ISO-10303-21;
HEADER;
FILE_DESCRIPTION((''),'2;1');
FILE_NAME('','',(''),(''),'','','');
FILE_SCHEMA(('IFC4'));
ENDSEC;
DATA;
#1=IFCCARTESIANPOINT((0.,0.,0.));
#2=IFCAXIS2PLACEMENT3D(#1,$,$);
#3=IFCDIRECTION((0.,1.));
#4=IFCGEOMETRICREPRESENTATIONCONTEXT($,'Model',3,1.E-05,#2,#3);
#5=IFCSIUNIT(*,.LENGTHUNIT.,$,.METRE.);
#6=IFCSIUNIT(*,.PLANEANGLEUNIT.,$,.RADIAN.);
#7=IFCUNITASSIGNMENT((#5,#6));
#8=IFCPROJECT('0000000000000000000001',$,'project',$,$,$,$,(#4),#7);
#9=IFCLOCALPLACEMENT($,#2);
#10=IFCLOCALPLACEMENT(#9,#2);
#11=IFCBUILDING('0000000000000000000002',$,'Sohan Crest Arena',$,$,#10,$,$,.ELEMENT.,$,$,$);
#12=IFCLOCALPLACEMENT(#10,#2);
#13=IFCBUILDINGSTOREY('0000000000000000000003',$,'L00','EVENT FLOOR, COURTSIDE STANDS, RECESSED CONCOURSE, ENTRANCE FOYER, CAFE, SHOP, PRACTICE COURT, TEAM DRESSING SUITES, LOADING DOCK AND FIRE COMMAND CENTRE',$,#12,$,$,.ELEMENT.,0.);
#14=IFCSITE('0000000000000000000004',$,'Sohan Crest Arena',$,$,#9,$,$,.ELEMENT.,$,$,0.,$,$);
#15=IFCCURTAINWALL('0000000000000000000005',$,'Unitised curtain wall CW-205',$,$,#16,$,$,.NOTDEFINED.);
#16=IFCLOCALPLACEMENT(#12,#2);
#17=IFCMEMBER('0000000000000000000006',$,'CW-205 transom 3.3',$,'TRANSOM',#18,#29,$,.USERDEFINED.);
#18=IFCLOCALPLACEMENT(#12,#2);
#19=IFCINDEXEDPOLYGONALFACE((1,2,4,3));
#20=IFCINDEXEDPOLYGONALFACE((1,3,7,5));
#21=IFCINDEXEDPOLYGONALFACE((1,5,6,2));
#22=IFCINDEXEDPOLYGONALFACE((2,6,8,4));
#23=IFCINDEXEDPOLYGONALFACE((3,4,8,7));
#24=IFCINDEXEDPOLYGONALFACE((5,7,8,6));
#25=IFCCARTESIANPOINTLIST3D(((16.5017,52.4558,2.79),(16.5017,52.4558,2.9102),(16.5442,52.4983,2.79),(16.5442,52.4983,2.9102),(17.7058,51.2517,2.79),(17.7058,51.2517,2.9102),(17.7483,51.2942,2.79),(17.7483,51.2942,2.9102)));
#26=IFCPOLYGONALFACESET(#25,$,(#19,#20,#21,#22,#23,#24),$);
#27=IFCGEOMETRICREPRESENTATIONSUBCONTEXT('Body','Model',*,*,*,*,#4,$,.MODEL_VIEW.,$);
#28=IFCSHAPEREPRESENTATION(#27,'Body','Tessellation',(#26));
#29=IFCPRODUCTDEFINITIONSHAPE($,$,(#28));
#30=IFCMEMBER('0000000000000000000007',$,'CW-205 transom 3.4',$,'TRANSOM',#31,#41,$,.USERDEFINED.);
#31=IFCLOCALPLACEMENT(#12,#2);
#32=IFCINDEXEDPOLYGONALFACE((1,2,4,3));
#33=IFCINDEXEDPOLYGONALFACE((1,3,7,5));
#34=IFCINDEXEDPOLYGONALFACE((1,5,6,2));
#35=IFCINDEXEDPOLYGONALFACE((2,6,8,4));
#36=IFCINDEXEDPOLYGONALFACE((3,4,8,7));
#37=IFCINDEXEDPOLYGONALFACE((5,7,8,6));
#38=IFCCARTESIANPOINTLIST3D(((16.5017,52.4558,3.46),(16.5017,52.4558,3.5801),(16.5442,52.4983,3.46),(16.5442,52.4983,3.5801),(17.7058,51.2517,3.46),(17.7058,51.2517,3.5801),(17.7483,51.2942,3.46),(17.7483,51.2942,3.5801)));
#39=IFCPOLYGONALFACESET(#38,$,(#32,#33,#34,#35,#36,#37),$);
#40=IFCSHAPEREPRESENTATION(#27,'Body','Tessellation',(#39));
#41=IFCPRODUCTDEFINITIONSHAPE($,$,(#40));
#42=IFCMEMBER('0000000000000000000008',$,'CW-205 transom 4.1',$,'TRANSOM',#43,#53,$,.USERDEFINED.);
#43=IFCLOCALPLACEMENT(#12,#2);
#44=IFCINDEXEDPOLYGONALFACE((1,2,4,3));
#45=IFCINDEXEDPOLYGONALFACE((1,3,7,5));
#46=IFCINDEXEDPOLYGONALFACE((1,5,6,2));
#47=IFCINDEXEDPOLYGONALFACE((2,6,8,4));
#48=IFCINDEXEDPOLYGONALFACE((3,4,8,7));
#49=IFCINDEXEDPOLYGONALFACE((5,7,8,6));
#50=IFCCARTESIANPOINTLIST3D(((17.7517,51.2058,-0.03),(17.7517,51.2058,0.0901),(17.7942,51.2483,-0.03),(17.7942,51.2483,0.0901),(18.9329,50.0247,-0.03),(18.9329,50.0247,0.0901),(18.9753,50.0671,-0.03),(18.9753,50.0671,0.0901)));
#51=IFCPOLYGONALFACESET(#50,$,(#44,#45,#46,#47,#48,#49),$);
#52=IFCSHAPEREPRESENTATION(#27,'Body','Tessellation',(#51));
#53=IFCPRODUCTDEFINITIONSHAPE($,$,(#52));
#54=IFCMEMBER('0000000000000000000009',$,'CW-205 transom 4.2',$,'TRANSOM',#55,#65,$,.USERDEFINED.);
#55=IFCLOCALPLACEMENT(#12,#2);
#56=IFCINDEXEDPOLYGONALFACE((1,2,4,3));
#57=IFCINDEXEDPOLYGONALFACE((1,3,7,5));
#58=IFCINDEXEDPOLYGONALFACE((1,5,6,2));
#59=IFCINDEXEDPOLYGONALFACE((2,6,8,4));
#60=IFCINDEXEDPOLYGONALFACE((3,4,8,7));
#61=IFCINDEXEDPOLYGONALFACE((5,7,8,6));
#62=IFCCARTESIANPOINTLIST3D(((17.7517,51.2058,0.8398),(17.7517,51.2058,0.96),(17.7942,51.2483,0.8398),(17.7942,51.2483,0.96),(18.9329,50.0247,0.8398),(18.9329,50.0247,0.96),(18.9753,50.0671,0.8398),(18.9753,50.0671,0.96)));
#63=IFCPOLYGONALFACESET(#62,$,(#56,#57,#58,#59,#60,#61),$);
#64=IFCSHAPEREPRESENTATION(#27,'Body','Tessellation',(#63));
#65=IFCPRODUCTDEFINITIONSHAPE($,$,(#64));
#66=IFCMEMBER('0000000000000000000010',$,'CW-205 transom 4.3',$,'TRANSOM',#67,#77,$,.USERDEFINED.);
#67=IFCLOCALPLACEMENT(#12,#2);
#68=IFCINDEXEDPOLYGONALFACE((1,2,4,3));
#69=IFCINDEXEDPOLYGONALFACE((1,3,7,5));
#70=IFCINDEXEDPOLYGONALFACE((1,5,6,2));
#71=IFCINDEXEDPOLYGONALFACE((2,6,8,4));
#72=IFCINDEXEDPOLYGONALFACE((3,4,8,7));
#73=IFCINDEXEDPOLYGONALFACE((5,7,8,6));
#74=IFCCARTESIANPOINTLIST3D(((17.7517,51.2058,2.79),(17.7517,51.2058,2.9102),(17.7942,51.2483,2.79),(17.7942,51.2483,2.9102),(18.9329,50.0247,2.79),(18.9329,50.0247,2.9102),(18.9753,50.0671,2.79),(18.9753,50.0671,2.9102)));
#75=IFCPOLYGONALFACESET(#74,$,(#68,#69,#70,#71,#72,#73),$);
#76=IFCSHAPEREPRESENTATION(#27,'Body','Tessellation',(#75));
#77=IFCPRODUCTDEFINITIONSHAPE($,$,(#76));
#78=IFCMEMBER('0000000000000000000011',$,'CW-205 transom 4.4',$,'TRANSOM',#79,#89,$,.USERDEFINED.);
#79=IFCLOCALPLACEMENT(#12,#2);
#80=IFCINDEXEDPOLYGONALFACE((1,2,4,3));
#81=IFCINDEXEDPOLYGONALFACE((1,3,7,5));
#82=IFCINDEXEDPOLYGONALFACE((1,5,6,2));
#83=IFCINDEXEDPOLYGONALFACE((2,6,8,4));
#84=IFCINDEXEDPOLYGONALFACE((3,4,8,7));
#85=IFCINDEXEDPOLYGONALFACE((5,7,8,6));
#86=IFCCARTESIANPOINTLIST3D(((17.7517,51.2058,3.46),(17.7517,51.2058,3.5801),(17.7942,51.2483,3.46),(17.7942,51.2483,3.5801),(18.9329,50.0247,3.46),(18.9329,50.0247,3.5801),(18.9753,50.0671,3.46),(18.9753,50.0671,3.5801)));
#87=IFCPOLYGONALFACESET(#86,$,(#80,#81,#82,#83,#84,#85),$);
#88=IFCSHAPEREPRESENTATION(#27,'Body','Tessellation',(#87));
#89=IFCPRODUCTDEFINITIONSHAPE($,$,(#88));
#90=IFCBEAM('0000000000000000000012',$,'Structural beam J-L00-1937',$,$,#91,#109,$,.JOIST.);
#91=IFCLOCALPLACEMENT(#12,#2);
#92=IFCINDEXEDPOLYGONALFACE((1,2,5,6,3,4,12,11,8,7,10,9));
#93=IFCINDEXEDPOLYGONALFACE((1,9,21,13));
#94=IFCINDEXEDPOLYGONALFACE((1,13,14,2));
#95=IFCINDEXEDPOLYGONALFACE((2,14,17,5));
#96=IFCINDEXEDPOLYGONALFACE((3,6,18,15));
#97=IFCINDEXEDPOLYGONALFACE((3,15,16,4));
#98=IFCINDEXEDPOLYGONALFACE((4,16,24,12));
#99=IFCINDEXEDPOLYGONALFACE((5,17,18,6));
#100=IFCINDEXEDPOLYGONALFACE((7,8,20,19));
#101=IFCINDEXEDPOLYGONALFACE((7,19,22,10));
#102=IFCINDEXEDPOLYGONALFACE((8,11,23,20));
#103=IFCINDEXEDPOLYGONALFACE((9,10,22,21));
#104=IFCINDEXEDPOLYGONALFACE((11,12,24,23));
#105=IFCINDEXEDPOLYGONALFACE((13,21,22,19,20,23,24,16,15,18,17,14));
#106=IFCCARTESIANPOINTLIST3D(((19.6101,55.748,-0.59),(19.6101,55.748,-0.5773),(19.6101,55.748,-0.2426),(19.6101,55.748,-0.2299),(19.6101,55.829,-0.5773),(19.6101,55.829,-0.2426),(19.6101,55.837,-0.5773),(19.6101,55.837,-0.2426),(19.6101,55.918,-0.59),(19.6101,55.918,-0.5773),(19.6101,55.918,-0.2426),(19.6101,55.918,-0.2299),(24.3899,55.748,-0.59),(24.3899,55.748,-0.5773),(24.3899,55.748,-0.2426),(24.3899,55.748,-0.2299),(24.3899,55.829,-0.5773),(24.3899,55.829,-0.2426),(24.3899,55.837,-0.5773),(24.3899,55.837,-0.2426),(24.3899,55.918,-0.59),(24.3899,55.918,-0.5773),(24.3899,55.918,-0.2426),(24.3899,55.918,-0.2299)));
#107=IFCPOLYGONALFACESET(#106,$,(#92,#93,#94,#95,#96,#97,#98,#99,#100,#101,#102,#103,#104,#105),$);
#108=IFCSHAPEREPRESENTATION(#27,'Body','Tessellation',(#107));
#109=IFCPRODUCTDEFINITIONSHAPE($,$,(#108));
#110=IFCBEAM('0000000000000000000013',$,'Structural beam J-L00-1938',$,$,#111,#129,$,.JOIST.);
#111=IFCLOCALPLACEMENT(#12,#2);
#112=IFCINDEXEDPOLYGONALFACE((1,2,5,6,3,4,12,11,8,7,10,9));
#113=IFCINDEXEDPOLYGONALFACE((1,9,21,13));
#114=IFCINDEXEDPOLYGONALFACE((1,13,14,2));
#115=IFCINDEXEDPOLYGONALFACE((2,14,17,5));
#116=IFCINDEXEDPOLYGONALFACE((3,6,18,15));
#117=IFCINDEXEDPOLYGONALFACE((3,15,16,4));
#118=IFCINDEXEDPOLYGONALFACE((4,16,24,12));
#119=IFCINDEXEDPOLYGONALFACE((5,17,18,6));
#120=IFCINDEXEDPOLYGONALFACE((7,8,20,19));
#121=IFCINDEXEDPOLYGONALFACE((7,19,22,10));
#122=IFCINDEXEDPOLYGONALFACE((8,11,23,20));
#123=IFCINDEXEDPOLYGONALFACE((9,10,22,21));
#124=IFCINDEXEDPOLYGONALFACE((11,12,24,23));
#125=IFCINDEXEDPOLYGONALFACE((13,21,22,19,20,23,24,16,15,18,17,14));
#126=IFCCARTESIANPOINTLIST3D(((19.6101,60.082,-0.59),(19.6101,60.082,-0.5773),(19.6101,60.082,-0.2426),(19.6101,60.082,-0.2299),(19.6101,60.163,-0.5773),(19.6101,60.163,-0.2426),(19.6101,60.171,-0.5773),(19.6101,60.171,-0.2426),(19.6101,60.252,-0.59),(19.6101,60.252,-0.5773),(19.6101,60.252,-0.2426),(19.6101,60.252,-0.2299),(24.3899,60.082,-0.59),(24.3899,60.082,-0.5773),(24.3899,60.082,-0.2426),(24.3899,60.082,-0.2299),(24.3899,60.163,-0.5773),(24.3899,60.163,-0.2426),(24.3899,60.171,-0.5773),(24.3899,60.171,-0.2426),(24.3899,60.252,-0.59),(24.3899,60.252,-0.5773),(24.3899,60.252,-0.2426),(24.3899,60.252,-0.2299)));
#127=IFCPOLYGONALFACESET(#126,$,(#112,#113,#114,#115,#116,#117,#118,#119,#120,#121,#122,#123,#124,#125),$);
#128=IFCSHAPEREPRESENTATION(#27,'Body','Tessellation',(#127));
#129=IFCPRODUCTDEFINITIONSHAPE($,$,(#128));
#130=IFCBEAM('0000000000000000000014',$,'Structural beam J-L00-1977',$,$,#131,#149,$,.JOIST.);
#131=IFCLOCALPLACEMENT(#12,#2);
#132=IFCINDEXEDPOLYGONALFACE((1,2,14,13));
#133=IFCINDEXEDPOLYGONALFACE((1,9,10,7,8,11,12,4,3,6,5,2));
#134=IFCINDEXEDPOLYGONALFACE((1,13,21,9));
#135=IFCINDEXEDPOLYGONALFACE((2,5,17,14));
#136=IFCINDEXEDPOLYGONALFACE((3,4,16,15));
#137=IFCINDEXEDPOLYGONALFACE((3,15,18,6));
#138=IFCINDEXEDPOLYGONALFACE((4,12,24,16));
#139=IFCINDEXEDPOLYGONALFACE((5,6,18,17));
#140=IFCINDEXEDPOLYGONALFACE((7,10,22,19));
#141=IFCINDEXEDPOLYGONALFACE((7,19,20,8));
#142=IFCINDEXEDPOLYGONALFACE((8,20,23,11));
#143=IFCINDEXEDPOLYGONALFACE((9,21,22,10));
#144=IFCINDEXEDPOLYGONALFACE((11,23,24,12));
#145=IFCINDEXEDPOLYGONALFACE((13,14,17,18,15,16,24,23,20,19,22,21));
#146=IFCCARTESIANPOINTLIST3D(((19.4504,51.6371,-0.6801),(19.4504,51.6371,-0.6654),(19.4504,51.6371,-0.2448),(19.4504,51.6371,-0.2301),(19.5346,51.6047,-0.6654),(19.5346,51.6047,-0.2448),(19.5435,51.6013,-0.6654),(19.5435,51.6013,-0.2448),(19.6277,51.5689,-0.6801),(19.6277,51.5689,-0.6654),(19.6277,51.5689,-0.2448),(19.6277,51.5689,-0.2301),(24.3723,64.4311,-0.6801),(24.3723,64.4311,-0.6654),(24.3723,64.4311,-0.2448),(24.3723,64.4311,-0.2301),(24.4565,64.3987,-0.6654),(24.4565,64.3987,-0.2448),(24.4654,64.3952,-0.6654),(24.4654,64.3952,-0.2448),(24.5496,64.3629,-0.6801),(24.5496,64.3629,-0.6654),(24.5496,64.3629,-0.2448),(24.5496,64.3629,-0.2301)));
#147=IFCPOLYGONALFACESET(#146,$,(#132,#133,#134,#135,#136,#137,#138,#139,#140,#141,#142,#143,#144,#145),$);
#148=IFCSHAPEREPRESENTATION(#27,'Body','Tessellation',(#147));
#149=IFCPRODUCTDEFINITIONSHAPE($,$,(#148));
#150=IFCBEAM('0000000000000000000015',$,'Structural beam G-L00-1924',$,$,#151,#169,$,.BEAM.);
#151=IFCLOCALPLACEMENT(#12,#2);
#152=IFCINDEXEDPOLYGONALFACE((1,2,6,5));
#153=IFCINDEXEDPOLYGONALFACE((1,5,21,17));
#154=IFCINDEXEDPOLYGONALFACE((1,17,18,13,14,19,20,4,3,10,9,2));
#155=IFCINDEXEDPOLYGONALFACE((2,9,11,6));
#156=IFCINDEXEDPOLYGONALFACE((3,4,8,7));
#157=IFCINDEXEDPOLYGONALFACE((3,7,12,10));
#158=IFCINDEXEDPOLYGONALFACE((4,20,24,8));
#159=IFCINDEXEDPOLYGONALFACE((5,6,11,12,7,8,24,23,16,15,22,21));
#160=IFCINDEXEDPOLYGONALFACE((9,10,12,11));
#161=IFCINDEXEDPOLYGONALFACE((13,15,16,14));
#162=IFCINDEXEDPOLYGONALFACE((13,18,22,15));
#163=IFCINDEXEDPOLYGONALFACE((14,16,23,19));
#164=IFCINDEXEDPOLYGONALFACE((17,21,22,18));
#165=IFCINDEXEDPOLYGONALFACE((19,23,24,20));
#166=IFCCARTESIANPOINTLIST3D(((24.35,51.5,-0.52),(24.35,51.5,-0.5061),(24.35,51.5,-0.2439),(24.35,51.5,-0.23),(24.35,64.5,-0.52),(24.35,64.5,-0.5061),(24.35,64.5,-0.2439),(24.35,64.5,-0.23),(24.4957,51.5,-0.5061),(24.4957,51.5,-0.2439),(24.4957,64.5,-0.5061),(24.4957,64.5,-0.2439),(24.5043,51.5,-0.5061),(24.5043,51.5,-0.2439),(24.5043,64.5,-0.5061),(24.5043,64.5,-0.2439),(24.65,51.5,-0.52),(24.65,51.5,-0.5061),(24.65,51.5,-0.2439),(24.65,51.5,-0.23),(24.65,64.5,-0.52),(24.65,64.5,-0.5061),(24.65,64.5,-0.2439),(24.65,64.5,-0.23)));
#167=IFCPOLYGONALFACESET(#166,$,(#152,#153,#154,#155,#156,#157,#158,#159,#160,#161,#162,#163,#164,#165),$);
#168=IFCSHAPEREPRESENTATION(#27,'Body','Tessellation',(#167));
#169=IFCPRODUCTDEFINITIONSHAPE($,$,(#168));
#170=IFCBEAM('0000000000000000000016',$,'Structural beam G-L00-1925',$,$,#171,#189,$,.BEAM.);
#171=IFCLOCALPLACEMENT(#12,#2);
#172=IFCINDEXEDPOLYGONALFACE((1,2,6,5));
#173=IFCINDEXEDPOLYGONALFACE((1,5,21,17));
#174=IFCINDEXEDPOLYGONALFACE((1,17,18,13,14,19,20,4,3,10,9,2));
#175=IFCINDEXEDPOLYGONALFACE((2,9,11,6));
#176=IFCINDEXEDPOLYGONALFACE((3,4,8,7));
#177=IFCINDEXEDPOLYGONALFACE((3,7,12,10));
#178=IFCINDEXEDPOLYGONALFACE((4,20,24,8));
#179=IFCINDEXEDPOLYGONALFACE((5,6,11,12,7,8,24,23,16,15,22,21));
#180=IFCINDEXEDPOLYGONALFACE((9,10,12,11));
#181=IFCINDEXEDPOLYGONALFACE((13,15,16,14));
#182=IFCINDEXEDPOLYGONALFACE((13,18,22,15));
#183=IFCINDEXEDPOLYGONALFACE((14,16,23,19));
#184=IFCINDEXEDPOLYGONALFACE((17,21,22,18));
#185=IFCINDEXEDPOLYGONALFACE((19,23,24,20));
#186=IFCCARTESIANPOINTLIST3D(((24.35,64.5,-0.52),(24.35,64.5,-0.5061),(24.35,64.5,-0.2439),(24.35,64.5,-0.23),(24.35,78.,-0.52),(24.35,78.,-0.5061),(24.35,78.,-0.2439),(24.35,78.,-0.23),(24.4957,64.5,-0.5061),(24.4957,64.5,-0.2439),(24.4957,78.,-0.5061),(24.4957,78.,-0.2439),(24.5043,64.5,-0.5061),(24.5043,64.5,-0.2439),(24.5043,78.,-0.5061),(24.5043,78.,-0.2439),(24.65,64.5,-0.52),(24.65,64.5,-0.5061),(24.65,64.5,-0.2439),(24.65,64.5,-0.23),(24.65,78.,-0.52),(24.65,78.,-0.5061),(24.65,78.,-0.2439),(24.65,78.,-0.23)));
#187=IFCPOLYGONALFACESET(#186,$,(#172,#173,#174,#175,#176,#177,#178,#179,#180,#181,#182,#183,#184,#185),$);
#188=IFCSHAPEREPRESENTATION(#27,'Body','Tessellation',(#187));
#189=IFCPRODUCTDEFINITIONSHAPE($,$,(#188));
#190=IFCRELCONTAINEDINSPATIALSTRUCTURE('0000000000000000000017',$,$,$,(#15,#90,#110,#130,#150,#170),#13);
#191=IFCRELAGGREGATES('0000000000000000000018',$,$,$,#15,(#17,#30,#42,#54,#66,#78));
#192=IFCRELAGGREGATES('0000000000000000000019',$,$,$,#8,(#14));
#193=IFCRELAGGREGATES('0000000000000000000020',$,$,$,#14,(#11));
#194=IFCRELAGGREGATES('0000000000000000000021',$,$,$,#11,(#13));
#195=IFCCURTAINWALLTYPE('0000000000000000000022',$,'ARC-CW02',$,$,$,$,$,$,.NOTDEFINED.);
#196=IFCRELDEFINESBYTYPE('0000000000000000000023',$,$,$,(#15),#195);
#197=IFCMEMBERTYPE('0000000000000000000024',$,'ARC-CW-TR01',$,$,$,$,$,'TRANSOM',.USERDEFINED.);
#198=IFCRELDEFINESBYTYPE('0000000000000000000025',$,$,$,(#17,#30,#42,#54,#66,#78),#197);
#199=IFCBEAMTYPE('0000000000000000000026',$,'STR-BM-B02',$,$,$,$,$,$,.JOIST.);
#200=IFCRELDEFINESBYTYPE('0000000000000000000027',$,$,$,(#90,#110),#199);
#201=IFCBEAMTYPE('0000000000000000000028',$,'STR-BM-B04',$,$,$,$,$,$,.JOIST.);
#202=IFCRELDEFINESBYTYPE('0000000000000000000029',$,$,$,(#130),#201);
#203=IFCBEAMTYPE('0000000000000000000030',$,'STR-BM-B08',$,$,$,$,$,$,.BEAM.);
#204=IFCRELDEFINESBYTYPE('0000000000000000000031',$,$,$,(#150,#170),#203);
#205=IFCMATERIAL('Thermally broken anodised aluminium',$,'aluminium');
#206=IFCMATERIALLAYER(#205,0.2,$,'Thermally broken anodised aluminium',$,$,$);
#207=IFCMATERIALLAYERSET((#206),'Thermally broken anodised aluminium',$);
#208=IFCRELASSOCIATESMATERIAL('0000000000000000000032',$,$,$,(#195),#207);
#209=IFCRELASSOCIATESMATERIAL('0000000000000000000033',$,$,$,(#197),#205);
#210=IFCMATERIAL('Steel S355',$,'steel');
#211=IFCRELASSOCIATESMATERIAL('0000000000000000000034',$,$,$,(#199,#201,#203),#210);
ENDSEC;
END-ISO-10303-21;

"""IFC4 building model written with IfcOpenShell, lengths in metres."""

from ifc_helpers import new_model, si_unit, direction, frame, origin, origin_2d, place, context, subcontext, project, spatial, rectangle, i_section, extrude, material, layer, layer_set, material_profile, profile_set, type_object, element, aggregate, save


model = new_model("IFC4")

# Units and contexts
model_context = context("Model", 3, precision=1e-05, world=origin(), true_north=direction((0.0, 1.0)))
body_context = subcontext(model_context, "Body", "Model", "MODEL_VIEW")
ifc_project = project(units=[si_unit("LENGTHUNIT", "METRE"), si_unit("PLANEANGLEUNIT", "RADIAN")], contexts=[model_context])

# Site, building, storey
site_placement = place(None, origin())
site = spatial("IfcSite", under=ifc_project, at=site_placement, Name="Sohan Crest Arena", CompositionType="ELEMENT", RefElevation=0.0)
building_placement = place(site_placement, origin())
building = spatial("IfcBuilding", under=site, at=building_placement, Name="Sohan Crest Arena", CompositionType="ELEMENT")
storey_placement = place(building_placement, origin())
storey = spatial("IfcBuildingStorey", under=building, at=storey_placement, Name="L00", Description="EVENT FLOOR, COURTSIDE STANDS, RECESSED CONCOURSE, ENTRANCE FOYER, CAFE, SHOP, PRACTICE COURT, TEAM DRESSING SUITES, LOADING DOCK AND FIRE COMMAND CENTRE", CompositionType="ELEMENT", Elevation=0.0)

# Curtain wall, members
ifc_material_1 = material(Name="Thermally broken anodised aluminium", Category="aluminium")
ifc_layer_1 = layer(ifc_material_1, 0.2, Name="Thermally broken anodised aluminium")
ifc_layer_set_1 = layer_set([ifc_layer_1], Name="Thermally broken anodised aluminium")
curtain_wall_type = type_object("IfcCurtainWallType", Name="ARC-CW02", PredefinedType="NOTDEFINED", material=ifc_layer_set_1)
curtain_wall_placement = place(storey_placement, origin())
curtain_wall = element("IfcCurtainWall", 1, at=curtain_wall_placement, inside=storey, type_object=curtain_wall_type, Name="Unitised curtain wall CW-205", PredefinedType="NOTDEFINED")
ifc_material_profile_1 = material_profile(ifc_material_1, rectangle(XDim=0.0601, YDim=0.1201, at=origin_2d()), Name="ALU-TRAN 60x120")
ifc_profile_set_1 = profile_set([ifc_material_profile_1], Name="Thermally broken anodised aluminium")
member_type_1 = type_object("IfcMemberType", Name="ARC-CW-TR01", ElementType="TRANSOM", PredefinedType="USERDEFINED", material=ifc_profile_set_1)
member_1_placement = place(storey_placement, frame((16.5229, 52.4771, 2.8501), z_axis=(0.707107, -0.707107, 0.0), x_axis=(0.707107, 0.707107, 0.0)))
member_1 = element("IfcMember", 2, at=member_1_placement, type_object=member_type_1, Name="CW-205 transom 3.3", ObjectType="TRANSOM", PredefinedType="USERDEFINED", context=body_context, shape_type="SweptSolid", body=[
    extrude(rectangle(XDim=0.0601, YDim=0.1201, at=origin_2d()), origin(), (0.0, 0.0, 1.0), 1.7029),
])
member_2_placement = place(storey_placement, frame((16.5229, 52.4771, 3.52), z_axis=(0.707107, -0.707107, 0.0), x_axis=(0.707107, 0.707107, 0.0)))
member_2 = element("IfcMember", 3, at=member_2_placement, type_object=member_type_1, Name="CW-205 transom 3.4", ObjectType="TRANSOM", PredefinedType="USERDEFINED", context=body_context, shape_type="SweptSolid", body=[
    extrude(rectangle(XDim=0.0601, YDim=0.1201, at=origin_2d()), origin(), (0.0, 0.0, 1.0), 1.7029),
])
member_3_placement = place(storey_placement, frame((17.7729, 51.2271, 0.03), z_axis=(0.707107, -0.707107, 0.0), x_axis=(0.707107, 0.707107, 0.0)))
member_3 = element("IfcMember", 4, at=member_3_placement, type_object=member_type_1, Name="CW-205 transom 4.1", ObjectType="TRANSOM", PredefinedType="USERDEFINED", context=body_context, shape_type="SweptSolid", body=[
    extrude(rectangle(XDim=0.0601, YDim=0.1201, at=origin_2d()), origin(), (0.0, 0.0, 1.0), 1.6704),
])
member_4_placement = place(storey_placement, frame((17.7729, 51.2271, 0.8999), z_axis=(0.707107, -0.707107, 0.0), x_axis=(0.707107, 0.707107, 0.0)))
member_4 = element("IfcMember", 5, at=member_4_placement, type_object=member_type_1, Name="CW-205 transom 4.2", ObjectType="TRANSOM", PredefinedType="USERDEFINED", context=body_context, shape_type="SweptSolid", body=[
    extrude(rectangle(XDim=0.0601, YDim=0.1201, at=origin_2d()), origin(), (0.0, 0.0, 1.0), 1.6704),
])
member_5_placement = place(storey_placement, frame((17.7729, 51.2271, 2.8501), z_axis=(0.707107, -0.707107, 0.0), x_axis=(0.707107, 0.707107, 0.0)))
member_5 = element("IfcMember", 6, at=member_5_placement, type_object=member_type_1, Name="CW-205 transom 4.3", ObjectType="TRANSOM", PredefinedType="USERDEFINED", context=body_context, shape_type="SweptSolid", body=[
    extrude(rectangle(XDim=0.0601, YDim=0.1201, at=origin_2d()), origin(), (0.0, 0.0, 1.0), 1.6704),
])
member_6_placement = place(storey_placement, frame((17.7729, 51.2271, 3.52), z_axis=(0.707107, -0.707107, 0.0), x_axis=(0.707107, 0.707107, 0.0)))
member_6 = element("IfcMember", 7, at=member_6_placement, type_object=member_type_1, Name="CW-205 transom 4.4", ObjectType="TRANSOM", PredefinedType="USERDEFINED", context=body_context, shape_type="SweptSolid", body=[
    extrude(rectangle(XDim=0.0601, YDim=0.1201, at=origin_2d()), origin(), (0.0, 0.0, 1.0), 1.6704),
])

# Beams
ifc_material_2 = material(Name="Steel S355", Category="steel")
ifc_material_profile_2 = material_profile(ifc_material_2, i_section(OverallWidth=0.1699, OverallDepth=0.3601, WebThickness=0.0081, FlangeThickness=0.0127, at=origin_2d()), Name="IPE 360")
ifc_profile_set_2 = profile_set([ifc_material_profile_2], Name="Steel S355")
beam_type_1 = type_object("IfcBeamType", Name="STR-BM-B02", PredefinedType="JOIST", material=ifc_profile_set_2)
for number, where, z_axis, x_axis, name in (
    (8, (19.6101, 55.833, -0.4099), (1.0, 0.0, 0.0), (0.0, 1.0, 0.0), "Structural beam J-L00-1937"),
    (9, (19.6101, 60.167, -0.4099), (1.0, 0.0, 0.0), (0.0, 1.0, 0.0), "Structural beam J-L00-1938"),
):
    element("IfcBeam", number, at=place(storey_placement, frame(where, z_axis=z_axis, x_axis=x_axis)), inside=storey, type_object=beam_type_1, Name=name, PredefinedType="JOIST", context=body_context, shape_type="SweptSolid", body=[
        extrude(i_section(OverallWidth=0.1699, OverallDepth=0.3601, WebThickness=0.0081, FlangeThickness=0.0127, at=origin_2d()), origin(), (0.0, 0.0, 1.0), 4.7798),
    ])
ifc_material_profile_3 = material_profile(ifc_material_2, i_section(OverallWidth=0.1899, OverallDepth=0.45, WebThickness=0.0095, FlangeThickness=0.0146, at=origin_2d()), Name="IPE 450")
ifc_profile_set_3 = profile_set([ifc_material_profile_3], Name="Steel S355")
beam_type_2 = type_object("IfcBeamType", Name="STR-BM-B04", PredefinedType="JOIST", material=ifc_profile_set_3)
beam_1_placement = place(storey_placement, frame((19.5391, 51.603, -0.4551), z_axis=(0.359051, 0.933318, 0.0), x_axis=(-0.933318, 0.359051, 0.0)))
element("IfcBeam", 10, at=beam_1_placement, inside=storey, type_object=beam_type_2, Name="Structural beam J-L00-1977", PredefinedType="JOIST", context=body_context, shape_type="SweptSolid", body=[
    extrude(i_section(OverallWidth=0.1899, OverallDepth=0.45, WebThickness=0.0095, FlangeThickness=0.0146, at=origin_2d()), origin(), (0.0, 0.0, 1.0), 13.708),
])
ifc_material_profile_4 = material_profile(ifc_material_2, i_section(OverallWidth=0.3, OverallDepth=0.29, WebThickness=0.0085, FlangeThickness=0.0139, at=origin_2d()), Name="HEA 300")
ifc_profile_set_4 = profile_set([ifc_material_profile_4], Name="Steel S355")
beam_type_3 = type_object("IfcBeamType", Name="STR-BM-B08", PredefinedType="BEAM", material=ifc_profile_set_4)
beam_2_placement = place(storey_placement, frame((24.5, 51.5, -0.375), z_axis=(0.0, 1.0, 0.0), x_axis=(-1.0, 0.0, 0.0)))
element("IfcBeam", 11, at=beam_2_placement, inside=storey, type_object=beam_type_3, Name="Structural beam G-L00-1924", PredefinedType="BEAM", context=body_context, shape_type="SweptSolid", body=[
    extrude(i_section(OverallWidth=0.3, OverallDepth=0.29, WebThickness=0.0085, FlangeThickness=0.0139, at=origin_2d()), origin(), (0.0, 0.0, 1.0), 13.0),
])
beam_3_placement = place(storey_placement, frame((24.5, 64.5, -0.375), z_axis=(0.0, 1.0, 0.0), x_axis=(-1.0, 0.0, 0.0)))
element("IfcBeam", 12, at=beam_3_placement, inside=storey, type_object=beam_type_3, Name="Structural beam G-L00-1925", PredefinedType="BEAM", context=body_context, shape_type="SweptSolid", body=[
    extrude(i_section(OverallWidth=0.3, OverallDepth=0.29, WebThickness=0.0085, FlangeThickness=0.0139, at=origin_2d()), origin(), (0.0, 0.0, 1.0), 13.5),
])

aggregate(curtain_wall, [member_1, member_2, member_3, member_4, member_5, member_6])

save(model, "model.ifc")
